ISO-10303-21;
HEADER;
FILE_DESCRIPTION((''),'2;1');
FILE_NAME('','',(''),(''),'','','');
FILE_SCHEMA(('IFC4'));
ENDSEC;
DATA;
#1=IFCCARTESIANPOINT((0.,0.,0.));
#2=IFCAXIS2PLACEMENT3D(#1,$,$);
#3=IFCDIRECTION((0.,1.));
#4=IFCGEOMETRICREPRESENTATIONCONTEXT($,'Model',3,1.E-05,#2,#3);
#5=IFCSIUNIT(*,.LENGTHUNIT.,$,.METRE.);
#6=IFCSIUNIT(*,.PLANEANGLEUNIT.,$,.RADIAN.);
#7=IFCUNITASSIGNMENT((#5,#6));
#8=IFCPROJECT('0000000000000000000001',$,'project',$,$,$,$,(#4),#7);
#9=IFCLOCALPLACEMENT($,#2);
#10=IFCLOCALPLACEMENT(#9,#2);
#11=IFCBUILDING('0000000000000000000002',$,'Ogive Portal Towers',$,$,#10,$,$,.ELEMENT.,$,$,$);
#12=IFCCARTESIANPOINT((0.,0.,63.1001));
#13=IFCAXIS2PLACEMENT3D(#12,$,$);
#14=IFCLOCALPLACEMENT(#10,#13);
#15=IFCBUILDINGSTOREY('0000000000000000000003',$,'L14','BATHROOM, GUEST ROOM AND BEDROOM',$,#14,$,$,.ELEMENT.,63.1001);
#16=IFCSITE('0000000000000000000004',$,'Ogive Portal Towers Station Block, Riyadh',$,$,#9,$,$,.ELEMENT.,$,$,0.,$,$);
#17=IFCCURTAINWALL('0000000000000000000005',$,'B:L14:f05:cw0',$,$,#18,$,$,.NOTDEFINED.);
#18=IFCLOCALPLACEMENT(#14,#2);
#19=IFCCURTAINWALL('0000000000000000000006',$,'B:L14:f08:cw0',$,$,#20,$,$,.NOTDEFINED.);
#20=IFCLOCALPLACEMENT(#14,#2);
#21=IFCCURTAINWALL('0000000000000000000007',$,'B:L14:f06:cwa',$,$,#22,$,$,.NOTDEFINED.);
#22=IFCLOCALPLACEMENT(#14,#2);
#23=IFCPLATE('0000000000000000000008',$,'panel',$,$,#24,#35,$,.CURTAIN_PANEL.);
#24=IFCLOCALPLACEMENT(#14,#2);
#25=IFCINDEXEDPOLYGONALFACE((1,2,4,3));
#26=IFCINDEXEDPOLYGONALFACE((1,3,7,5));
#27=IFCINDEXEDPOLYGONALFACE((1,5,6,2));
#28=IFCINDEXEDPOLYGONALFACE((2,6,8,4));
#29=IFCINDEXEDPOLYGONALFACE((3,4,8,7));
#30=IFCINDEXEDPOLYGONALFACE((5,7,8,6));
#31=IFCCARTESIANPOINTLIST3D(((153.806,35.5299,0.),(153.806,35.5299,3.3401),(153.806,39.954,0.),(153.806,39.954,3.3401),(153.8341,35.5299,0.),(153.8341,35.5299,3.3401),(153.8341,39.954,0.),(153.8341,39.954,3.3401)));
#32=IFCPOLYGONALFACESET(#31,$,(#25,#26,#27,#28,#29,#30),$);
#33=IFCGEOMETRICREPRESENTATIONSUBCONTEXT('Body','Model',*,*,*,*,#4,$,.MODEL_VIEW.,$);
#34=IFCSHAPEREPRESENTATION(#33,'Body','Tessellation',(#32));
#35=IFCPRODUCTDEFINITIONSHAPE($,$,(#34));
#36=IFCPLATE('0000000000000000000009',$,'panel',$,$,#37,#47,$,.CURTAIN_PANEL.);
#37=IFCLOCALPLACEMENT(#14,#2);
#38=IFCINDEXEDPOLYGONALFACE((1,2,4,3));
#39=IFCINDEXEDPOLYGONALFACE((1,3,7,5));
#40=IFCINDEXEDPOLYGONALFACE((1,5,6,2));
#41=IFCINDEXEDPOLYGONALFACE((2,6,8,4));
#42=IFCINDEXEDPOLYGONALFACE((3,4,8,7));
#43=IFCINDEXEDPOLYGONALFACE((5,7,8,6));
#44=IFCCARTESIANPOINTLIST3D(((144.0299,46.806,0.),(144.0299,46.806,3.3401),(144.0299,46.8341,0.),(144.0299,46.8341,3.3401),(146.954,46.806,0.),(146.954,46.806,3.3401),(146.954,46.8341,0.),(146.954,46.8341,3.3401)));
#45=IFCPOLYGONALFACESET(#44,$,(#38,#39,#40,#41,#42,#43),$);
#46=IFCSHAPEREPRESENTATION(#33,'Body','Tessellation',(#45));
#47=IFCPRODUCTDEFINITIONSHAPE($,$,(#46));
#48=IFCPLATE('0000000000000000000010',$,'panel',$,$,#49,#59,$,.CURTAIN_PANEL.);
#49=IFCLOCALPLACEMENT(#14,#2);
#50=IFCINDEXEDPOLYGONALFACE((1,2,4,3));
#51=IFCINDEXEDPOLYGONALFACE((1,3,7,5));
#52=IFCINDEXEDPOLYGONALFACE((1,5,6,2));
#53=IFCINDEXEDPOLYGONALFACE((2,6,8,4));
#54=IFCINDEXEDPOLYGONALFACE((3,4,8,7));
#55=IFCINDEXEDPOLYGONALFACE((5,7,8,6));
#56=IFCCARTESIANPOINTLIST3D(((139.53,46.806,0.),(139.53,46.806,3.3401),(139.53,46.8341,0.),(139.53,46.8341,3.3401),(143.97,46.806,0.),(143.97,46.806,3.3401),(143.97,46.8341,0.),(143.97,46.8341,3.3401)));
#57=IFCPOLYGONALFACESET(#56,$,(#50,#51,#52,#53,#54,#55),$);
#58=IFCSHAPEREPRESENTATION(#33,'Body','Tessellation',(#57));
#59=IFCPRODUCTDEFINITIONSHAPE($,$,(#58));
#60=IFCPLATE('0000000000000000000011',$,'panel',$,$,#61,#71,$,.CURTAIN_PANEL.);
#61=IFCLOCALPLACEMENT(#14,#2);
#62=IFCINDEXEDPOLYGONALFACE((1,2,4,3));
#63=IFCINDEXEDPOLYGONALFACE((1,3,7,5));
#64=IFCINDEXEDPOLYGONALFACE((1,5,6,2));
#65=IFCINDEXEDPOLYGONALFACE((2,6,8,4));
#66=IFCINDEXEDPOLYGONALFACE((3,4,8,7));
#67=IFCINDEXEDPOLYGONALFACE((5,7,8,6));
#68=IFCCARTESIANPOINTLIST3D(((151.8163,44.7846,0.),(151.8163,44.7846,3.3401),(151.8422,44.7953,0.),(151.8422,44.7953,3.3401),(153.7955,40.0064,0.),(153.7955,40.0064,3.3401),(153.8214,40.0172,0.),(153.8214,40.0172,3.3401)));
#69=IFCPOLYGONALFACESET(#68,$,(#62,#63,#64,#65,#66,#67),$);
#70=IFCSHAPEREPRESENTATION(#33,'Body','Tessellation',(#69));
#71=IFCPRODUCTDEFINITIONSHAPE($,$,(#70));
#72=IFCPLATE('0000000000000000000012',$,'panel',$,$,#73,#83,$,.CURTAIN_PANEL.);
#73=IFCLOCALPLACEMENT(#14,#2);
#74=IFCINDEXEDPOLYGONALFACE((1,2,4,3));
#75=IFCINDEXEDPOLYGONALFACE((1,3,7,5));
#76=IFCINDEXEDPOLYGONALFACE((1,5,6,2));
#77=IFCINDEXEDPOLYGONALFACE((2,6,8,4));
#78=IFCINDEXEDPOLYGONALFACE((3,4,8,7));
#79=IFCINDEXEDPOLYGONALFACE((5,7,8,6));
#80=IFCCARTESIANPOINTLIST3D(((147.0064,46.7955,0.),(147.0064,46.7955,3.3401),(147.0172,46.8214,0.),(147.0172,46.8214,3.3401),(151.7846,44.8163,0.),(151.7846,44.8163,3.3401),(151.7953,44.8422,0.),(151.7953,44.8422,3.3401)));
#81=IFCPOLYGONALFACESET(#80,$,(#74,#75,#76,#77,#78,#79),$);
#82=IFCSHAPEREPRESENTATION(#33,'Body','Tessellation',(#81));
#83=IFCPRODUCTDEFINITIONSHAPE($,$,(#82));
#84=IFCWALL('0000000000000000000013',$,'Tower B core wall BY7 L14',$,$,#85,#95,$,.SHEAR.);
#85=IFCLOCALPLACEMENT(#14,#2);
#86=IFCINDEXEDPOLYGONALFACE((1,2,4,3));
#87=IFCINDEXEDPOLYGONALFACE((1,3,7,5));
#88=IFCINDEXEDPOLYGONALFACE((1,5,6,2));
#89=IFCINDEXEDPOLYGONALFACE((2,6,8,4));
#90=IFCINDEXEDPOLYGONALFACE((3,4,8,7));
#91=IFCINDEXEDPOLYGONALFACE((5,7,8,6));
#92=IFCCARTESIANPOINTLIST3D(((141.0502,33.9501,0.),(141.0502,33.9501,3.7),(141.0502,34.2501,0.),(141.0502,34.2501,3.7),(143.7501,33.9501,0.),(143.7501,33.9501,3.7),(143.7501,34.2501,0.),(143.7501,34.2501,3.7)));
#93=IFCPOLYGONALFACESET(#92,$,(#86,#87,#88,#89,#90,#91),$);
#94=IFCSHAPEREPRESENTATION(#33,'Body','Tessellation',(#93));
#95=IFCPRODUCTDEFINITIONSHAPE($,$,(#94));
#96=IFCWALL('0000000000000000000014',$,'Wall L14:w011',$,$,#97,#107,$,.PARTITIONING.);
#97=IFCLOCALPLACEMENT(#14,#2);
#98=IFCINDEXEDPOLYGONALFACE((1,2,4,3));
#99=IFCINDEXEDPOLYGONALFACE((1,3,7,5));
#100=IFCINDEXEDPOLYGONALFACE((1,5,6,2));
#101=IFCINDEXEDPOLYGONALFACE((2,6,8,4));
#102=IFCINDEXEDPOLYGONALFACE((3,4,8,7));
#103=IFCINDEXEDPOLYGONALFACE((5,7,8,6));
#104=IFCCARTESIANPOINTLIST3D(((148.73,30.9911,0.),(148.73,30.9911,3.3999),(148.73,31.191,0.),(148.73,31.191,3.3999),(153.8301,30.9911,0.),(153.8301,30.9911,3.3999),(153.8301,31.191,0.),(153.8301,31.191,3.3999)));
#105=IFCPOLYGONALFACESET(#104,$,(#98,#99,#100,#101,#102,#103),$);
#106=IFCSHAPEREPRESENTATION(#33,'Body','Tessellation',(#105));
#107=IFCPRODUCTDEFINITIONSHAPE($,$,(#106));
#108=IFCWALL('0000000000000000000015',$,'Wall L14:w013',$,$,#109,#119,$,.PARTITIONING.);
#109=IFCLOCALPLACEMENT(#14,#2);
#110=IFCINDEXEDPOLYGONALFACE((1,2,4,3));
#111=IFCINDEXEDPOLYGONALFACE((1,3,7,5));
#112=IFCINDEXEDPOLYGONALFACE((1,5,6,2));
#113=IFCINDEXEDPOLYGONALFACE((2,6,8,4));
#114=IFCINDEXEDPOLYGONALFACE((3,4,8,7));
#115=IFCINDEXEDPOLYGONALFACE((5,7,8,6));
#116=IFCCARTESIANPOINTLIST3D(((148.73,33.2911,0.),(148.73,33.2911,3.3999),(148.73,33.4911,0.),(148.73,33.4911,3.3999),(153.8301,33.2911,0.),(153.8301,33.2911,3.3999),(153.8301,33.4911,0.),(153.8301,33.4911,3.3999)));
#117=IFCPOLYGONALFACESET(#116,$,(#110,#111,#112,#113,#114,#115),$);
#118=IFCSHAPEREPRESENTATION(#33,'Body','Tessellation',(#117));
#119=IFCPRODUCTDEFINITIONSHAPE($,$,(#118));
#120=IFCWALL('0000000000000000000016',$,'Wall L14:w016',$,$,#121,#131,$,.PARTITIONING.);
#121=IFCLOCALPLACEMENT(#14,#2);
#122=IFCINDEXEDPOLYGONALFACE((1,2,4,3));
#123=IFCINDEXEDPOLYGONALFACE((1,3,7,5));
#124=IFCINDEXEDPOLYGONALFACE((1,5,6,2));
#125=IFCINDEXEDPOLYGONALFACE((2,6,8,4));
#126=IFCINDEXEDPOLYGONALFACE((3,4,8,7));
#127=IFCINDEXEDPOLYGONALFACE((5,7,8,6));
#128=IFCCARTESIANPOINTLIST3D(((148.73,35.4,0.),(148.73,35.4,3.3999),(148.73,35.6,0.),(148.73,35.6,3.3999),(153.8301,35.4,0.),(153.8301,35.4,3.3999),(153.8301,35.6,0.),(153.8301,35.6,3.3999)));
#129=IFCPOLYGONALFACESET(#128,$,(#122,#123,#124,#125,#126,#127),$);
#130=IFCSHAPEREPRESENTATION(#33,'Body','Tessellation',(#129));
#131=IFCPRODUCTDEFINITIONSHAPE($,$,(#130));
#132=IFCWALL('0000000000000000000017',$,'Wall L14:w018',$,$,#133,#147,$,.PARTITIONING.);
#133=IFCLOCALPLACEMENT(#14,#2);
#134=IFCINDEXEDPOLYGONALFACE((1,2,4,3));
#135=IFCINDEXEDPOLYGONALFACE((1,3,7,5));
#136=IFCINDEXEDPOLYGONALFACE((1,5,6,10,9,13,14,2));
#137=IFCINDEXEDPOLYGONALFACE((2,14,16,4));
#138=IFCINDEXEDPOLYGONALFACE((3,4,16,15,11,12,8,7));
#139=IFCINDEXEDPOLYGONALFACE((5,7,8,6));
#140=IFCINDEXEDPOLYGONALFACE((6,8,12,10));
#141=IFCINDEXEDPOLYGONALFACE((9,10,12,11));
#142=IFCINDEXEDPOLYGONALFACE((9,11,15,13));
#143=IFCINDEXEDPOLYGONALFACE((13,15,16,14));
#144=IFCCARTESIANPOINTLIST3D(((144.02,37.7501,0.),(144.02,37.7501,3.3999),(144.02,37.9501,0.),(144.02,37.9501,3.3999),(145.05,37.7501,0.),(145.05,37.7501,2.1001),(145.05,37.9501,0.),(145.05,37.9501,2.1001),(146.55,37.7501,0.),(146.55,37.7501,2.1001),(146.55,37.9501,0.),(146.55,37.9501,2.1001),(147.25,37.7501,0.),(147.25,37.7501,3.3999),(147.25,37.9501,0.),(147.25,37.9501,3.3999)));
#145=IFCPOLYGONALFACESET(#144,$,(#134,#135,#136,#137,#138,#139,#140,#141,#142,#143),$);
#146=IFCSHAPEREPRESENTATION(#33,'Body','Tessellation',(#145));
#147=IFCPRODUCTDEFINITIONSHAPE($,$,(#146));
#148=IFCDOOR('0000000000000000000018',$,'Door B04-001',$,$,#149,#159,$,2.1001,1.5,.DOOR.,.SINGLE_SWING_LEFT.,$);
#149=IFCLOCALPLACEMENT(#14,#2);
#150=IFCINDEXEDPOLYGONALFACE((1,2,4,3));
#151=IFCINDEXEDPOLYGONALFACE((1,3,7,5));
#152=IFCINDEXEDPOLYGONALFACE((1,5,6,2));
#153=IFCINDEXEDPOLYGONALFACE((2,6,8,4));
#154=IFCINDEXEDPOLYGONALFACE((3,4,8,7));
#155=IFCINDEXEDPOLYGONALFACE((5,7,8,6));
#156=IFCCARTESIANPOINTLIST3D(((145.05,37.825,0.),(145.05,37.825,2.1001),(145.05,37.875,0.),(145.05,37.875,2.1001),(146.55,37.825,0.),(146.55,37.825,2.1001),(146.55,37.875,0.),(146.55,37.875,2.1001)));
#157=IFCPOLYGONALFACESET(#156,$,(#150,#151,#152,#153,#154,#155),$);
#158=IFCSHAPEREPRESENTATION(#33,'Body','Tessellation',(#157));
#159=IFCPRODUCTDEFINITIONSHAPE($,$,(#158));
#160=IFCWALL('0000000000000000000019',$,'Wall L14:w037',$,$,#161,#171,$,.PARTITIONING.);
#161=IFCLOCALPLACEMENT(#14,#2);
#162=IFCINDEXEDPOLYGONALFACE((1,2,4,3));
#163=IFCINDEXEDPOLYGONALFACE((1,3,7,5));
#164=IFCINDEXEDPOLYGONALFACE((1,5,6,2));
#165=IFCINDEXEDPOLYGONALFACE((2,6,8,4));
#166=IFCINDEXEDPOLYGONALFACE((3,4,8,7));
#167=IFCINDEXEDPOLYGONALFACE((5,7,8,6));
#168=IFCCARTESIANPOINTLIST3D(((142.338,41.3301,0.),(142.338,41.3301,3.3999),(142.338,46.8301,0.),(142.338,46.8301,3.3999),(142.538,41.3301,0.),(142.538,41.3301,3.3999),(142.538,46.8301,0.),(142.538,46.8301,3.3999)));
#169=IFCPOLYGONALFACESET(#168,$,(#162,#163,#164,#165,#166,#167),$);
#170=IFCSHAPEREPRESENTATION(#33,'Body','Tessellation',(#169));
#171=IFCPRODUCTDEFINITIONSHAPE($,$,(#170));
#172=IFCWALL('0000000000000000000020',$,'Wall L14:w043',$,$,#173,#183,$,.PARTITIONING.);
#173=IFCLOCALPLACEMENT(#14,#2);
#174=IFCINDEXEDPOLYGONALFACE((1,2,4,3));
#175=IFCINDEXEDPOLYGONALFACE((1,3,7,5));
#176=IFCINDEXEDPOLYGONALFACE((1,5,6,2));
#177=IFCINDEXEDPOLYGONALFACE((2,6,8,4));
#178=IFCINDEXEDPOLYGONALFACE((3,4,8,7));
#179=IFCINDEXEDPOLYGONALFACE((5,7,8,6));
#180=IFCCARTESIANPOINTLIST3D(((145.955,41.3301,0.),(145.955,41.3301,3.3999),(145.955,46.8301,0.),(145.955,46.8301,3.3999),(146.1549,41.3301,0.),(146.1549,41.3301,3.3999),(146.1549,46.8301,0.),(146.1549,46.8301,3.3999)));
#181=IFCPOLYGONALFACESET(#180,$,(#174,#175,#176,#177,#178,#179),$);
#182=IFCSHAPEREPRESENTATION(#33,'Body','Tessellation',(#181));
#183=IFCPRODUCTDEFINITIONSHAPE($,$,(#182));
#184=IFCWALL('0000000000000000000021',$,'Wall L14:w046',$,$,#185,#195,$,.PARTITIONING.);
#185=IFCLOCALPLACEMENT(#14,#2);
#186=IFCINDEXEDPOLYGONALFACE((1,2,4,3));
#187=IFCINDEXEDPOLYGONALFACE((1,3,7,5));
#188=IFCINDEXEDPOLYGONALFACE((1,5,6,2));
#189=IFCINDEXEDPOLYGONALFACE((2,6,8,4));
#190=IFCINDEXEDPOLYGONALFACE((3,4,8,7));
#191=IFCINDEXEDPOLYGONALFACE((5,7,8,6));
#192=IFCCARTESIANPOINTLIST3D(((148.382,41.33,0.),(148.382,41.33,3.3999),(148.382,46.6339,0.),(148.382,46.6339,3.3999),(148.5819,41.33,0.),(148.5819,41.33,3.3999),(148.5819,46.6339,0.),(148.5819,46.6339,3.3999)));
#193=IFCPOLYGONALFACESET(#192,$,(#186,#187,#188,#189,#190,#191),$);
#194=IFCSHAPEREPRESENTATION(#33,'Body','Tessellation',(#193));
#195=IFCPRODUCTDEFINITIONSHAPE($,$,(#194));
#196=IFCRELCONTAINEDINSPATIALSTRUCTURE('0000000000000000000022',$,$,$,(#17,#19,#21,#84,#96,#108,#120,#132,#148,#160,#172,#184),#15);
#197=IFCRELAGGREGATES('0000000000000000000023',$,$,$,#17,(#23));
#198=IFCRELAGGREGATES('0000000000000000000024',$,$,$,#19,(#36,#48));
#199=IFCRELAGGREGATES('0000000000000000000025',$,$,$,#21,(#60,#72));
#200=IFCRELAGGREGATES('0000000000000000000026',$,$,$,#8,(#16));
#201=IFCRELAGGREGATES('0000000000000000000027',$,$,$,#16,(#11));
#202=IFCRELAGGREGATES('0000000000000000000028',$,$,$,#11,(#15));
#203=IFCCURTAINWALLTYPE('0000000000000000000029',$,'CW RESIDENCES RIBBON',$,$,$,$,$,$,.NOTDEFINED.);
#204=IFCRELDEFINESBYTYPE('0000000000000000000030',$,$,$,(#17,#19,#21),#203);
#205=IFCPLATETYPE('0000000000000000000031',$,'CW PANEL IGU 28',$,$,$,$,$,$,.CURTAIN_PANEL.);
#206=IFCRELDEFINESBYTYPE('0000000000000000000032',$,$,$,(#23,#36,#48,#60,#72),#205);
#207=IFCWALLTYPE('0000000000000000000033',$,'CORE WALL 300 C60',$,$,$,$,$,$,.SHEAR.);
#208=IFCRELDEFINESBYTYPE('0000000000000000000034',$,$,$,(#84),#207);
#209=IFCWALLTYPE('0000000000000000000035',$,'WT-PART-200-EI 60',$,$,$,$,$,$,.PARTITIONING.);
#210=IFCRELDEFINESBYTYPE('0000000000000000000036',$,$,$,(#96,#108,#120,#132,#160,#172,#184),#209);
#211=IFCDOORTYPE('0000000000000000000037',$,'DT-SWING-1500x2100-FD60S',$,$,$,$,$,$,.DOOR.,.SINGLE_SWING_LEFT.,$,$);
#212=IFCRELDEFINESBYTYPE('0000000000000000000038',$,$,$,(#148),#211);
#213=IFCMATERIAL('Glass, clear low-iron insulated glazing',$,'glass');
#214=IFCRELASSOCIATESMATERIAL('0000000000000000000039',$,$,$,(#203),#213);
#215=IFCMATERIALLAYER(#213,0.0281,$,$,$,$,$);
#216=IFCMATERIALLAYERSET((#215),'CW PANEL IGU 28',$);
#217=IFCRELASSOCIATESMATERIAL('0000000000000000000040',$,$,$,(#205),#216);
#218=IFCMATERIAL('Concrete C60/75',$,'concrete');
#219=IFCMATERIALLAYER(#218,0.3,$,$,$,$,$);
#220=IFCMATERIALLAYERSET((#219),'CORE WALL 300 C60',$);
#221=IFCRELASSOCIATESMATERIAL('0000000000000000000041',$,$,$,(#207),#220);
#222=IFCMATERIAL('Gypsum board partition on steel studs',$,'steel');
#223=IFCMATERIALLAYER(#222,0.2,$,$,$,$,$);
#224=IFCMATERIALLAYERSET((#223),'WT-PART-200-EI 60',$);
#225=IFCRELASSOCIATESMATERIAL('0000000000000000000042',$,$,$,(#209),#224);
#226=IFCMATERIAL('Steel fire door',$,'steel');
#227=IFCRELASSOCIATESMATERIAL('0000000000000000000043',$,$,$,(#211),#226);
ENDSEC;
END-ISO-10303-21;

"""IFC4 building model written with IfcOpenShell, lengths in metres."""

from ifc_helpers import new_model, si_unit, direction, frame, frame_2d, origin, origin_2d, place, context, subcontext, project, spatial, rectangle, extrude, material, layer, layer_set, type_object, element, fill, aggregate, save


model = new_model("IFC4")

# Units and contexts
model_context = context("Model", 3, precision=1e-05, world=origin(), true_north=direction((0.0, 1.0)))
body_context = subcontext(model_context, "Body", "Model", "MODEL_VIEW")
ifc_project = project(units=[si_unit("LENGTHUNIT", "METRE"), si_unit("PLANEANGLEUNIT", "RADIAN")], contexts=[model_context])

# Site, building, storey
site_placement = place(None, origin())
site = spatial("IfcSite", under=ifc_project, at=site_placement, Name="Ogive Portal Towers Station Block, Riyadh", CompositionType="ELEMENT", RefElevation=0.0)
building_placement = place(site_placement, origin())
building = spatial("IfcBuilding", under=site, at=building_placement, Name="Ogive Portal Towers", CompositionType="ELEMENT")
storey_placement = place(building_placement, frame((0.0, 0.0, 63.1001)))
storey = spatial("IfcBuildingStorey", under=building, at=storey_placement, Name="L14", Description="BATHROOM, GUEST ROOM AND BEDROOM", CompositionType="ELEMENT", Elevation=63.1001)

# Curtain walls
ifc_material_1 = material(Name="Glass, clear low-iron insulated glazing", Category="glass")
curtain_wall_type = type_object("IfcCurtainWallType", Name="CW RESIDENCES RIBBON", PredefinedType="NOTDEFINED", material=ifc_material_1)
curtain_wall_1_placement = place(storey_placement, origin())
curtain_wall_1 = element("IfcCurtainWall", 1, at=curtain_wall_1_placement, inside=storey, type_object=curtain_wall_type, Name="B:L14:f05:cw0", PredefinedType="NOTDEFINED")
curtain_wall_2_placement = place(storey_placement, origin())
curtain_wall_2 = element("IfcCurtainWall", 2, at=curtain_wall_2_placement, inside=storey, type_object=curtain_wall_type, Name="B:L14:f08:cw0", PredefinedType="NOTDEFINED")

# Curtain wall
curtain_wall_3_placement = place(storey_placement, origin())
curtain_wall_3 = element("IfcCurtainWall", 3, at=curtain_wall_3_placement, inside=storey, type_object=curtain_wall_type, Name="B:L14:f06:cwa", PredefinedType="NOTDEFINED")

# Plates
ifc_layer_1 = layer(ifc_material_1, 0.0281)
ifc_layer_set_1 = layer_set([ifc_layer_1], Name="CW PANEL IGU 28")
plate_type = type_object("IfcPlateType", Name="CW PANEL IGU 28", PredefinedType="CURTAIN_PANEL", material=ifc_layer_set_1)
plate_1_placement = place(storey_placement, frame((153.8201, 37.7419, 0.0), z_axis=(0.0, 0.0, 1.0), x_axis=(0.0, 1.0, 0.0)))
plate_1 = element("IfcPlate", 4, at=plate_1_placement, type_object=plate_type, Name="panel", PredefinedType="CURTAIN_PANEL", context=body_context, shape_type="SweptSolid", body=[
    extrude(rectangle(XDim=4.4241, YDim=0.0281, at=origin_2d()), origin(), (0.0, 0.0, 1.0), 3.3401),
])
aggregate(curtain_wall_1, [plate_1])
plate_2_placement = place(storey_placement, frame((145.4919, 46.8201, 0.0), z_axis=(0.0, 0.0, 1.0), x_axis=(-1.0, 0.0, 0.0)))
plate_2 = element("IfcPlate", 5, at=plate_2_placement, type_object=plate_type, Name="panel", PredefinedType="CURTAIN_PANEL", context=body_context, shape_type="SweptSolid", body=[
    extrude(rectangle(XDim=2.9241, YDim=0.0281, at=origin_2d()), origin(), (0.0, 0.0, 1.0), 3.3401),
])
plate_3_placement = place(storey_placement, frame((141.75, 46.8201, 0.0), z_axis=(0.0, 0.0, 1.0), x_axis=(-1.0, 0.0, 0.0)))
plate_3 = element("IfcPlate", 6, at=plate_3_placement, type_object=plate_type, Name="panel", PredefinedType="CURTAIN_PANEL", context=body_context, shape_type="SweptSolid", body=[
    extrude(rectangle(XDim=4.4399, YDim=0.0281, at=origin_2d()), origin(), (0.0, 0.0, 1.0), 3.3401),
])
aggregate(curtain_wall_2, [plate_2, plate_3])
plate_4_placement = place(storey_placement, frame((152.8188, 42.4009, 0.0), z_axis=(0.0, 0.0, 1.0), x_axis=(-0.382683, 0.92388, 0.0)))
plate_4 = element("IfcPlate", 7, at=plate_4_placement, type_object=plate_type, Name="panel", PredefinedType="CURTAIN_PANEL", context=body_context, shape_type="SweptSolid", body=[
    extrude(rectangle(XDim=5.1719, YDim=0.0281, at=origin_2d()), origin(), (0.0, 0.0, 1.0), 3.3401),
])
plate_5_placement = place(storey_placement, frame((149.4009, 45.8188, 0.0), z_axis=(0.0, 0.0, 1.0), x_axis=(-0.92388, 0.382683, 0.0)))
plate_5 = element("IfcPlate", 8, at=plate_5_placement, type_object=plate_type, Name="panel", PredefinedType="CURTAIN_PANEL", context=body_context, shape_type="SweptSolid", body=[
    extrude(rectangle(XDim=5.1719, YDim=0.0281, at=origin_2d()), origin(), (0.0, 0.0, 1.0), 3.3401),
])
aggregate(curtain_wall_3, [plate_4, plate_5])

# Walls
ifc_material_2 = material(Name="Concrete C60/75", Category="concrete")
ifc_layer_2 = layer(ifc_material_2, 0.3)
ifc_layer_set_2 = layer_set([ifc_layer_2], Name="CORE WALL 300 C60")
wall_type_1 = type_object("IfcWallType", Name="CORE WALL 300 C60", PredefinedType="SHEAR", material=ifc_layer_set_2)
wall_1_placement = place(storey_placement, frame((141.05, 34.1001, 0.0), z_axis=(0.0, 0.0, 1.0), x_axis=(1.0, 0.0, 0.0)))
element("IfcWall", 9, at=wall_1_placement, inside=storey, type_object=wall_type_1, Name="Tower B core wall BY7 L14", PredefinedType="SHEAR", context=body_context, shape_type="SweptSolid", body=[
    extrude(rectangle(XDim=2.7, YDim=0.3, at=frame_2d((1.3501, 0.0))), origin(), (0.0, 0.0, 1.0), 3.7),
])
ifc_material_3 = material(Name="Gypsum board partition on steel studs", Category="steel")
ifc_layer_3 = layer(ifc_material_3, 0.2)
ifc_layer_set_3 = layer_set([ifc_layer_3], Name="WT-PART-200-EI 60")
wall_type_2 = type_object("IfcWallType", Name="WT-PART-200-EI 60", PredefinedType="PARTITIONING", material=ifc_layer_set_3)
for number, where, z_axis, x_axis, name in (
    (10, (148.73, 31.0911, 0.0), (0.0, 0.0, 1.0), (1.0, 0.0, 0.0), "Wall L14:w011"),
    (11, (148.73, 33.3911, 0.0), (0.0, 0.0, 1.0), (1.0, 0.0, 0.0), "Wall L14:w013"),
    (12, (148.73, 35.5, 0.0), (0.0, 0.0, 1.0), (1.0, 0.0, 0.0), "Wall L14:w016"),
):
    element("IfcWall", number, at=place(storey_placement, frame(where, z_axis=z_axis, x_axis=x_axis)), inside=storey, type_object=wall_type_2, Name=name, PredefinedType="PARTITIONING", context=body_context, shape_type="SweptSolid", body=[
        extrude(rectangle(XDim=5.1001, YDim=0.2, at=frame_2d((2.55, 0.0))), origin(), (0.0, 0.0, 1.0), 3.3999),
    ])

# Wall, opening, door
wall_2_placement = place(storey_placement, frame((144.02, 37.8501, 0.0), z_axis=(0.0, 0.0, 1.0), x_axis=(1.0, 0.0, 0.0)))
wall_2 = element("IfcWall", 13, at=wall_2_placement, inside=storey, type_object=wall_type_2, Name="Wall L14:w018", PredefinedType="PARTITIONING", context=body_context, shape_type="SweptSolid", body=[
    extrude(rectangle(XDim=3.23, YDim=0.2, at=frame_2d((1.615, 0.0))), origin(), (0.0, 0.0, 1.0), 3.3999),
])
opening_placement = place(wall_2_placement, frame((1.03, 0.0, 0.0)))
opening = element("IfcOpeningElement", 14, at=opening_placement, cuts=wall_2, PredefinedType="OPENING", context=body_context, shape_type="SweptSolid", body=[
    extrude(rectangle(XDim=1.5, YDim=2.1001, at=frame_2d((0.75, 1.05))), frame((0.0, 0.1099, 0.0), z_axis=(0.0, -1.0, 0.0), x_axis=(1.0, 0.0, 0.0)), (0.0, 0.0, 1.0), 0.22),
])
ifc_material_4 = material(Name="Steel fire door", Category="steel")
door_type = type_object("IfcDoorType", Name="DT-SWING-1500x2100-FD60S", OperationType="SINGLE_SWING_LEFT", PredefinedType="DOOR", material=ifc_material_4)
door_placement = place(opening_placement, origin())
door = element("IfcDoor", 15, at=door_placement, inside=storey, type_object=door_type, Name="Door B04-001", OperationType="SINGLE_SWING_LEFT", OverallHeight=2.1001, OverallWidth=1.5, PredefinedType="DOOR", context=body_context, shape_type="SweptSolid", body=[
    extrude(rectangle(XDim=1.5, YDim=2.1001, at=frame_2d((0.75, 1.05))), frame((0.0, 0.0249, 0.0), z_axis=(0.0, -1.0, 0.0), x_axis=(1.0, 0.0, 0.0)), (0.0, 0.0, 1.0), 0.05),
])
fill(opening, door)

# Walls
for number, where, z_axis, x_axis, name in (
    (16, (142.438, 41.3301, 0.0), (0.0, 0.0, 1.0), (0.0, 1.0, 0.0), "Wall L14:w037"),
    (17, (146.0549, 41.3301, 0.0), (0.0, 0.0, 1.0), (0.0, 1.0, 0.0), "Wall L14:w043"),
):
    element("IfcWall", number, at=place(storey_placement, frame(where, z_axis=z_axis, x_axis=x_axis)), inside=storey, type_object=wall_type_2, Name=name, PredefinedType="PARTITIONING", context=body_context, shape_type="SweptSolid", body=[
        extrude(rectangle(XDim=5.5, YDim=0.2, at=frame_2d((2.75, 0.0))), origin(), (0.0, 0.0, 1.0), 3.3999),
    ])
wall_3_placement = place(storey_placement, frame((148.4819, 41.3301, 0.0), z_axis=(0.0, 0.0, 1.0), x_axis=(0.0, 1.0, 0.0)))
element("IfcWall", 18, at=wall_3_placement, inside=storey, type_object=wall_type_2, Name="Wall L14:w046", PredefinedType="PARTITIONING", context=body_context, shape_type="SweptSolid", body=[
    extrude(rectangle(XDim=5.304, YDim=0.2, at=frame_2d((2.6519, 0.0))), origin(), (0.0, 0.0, 1.0), 3.3999),
])

save(model, "model.ifc")
